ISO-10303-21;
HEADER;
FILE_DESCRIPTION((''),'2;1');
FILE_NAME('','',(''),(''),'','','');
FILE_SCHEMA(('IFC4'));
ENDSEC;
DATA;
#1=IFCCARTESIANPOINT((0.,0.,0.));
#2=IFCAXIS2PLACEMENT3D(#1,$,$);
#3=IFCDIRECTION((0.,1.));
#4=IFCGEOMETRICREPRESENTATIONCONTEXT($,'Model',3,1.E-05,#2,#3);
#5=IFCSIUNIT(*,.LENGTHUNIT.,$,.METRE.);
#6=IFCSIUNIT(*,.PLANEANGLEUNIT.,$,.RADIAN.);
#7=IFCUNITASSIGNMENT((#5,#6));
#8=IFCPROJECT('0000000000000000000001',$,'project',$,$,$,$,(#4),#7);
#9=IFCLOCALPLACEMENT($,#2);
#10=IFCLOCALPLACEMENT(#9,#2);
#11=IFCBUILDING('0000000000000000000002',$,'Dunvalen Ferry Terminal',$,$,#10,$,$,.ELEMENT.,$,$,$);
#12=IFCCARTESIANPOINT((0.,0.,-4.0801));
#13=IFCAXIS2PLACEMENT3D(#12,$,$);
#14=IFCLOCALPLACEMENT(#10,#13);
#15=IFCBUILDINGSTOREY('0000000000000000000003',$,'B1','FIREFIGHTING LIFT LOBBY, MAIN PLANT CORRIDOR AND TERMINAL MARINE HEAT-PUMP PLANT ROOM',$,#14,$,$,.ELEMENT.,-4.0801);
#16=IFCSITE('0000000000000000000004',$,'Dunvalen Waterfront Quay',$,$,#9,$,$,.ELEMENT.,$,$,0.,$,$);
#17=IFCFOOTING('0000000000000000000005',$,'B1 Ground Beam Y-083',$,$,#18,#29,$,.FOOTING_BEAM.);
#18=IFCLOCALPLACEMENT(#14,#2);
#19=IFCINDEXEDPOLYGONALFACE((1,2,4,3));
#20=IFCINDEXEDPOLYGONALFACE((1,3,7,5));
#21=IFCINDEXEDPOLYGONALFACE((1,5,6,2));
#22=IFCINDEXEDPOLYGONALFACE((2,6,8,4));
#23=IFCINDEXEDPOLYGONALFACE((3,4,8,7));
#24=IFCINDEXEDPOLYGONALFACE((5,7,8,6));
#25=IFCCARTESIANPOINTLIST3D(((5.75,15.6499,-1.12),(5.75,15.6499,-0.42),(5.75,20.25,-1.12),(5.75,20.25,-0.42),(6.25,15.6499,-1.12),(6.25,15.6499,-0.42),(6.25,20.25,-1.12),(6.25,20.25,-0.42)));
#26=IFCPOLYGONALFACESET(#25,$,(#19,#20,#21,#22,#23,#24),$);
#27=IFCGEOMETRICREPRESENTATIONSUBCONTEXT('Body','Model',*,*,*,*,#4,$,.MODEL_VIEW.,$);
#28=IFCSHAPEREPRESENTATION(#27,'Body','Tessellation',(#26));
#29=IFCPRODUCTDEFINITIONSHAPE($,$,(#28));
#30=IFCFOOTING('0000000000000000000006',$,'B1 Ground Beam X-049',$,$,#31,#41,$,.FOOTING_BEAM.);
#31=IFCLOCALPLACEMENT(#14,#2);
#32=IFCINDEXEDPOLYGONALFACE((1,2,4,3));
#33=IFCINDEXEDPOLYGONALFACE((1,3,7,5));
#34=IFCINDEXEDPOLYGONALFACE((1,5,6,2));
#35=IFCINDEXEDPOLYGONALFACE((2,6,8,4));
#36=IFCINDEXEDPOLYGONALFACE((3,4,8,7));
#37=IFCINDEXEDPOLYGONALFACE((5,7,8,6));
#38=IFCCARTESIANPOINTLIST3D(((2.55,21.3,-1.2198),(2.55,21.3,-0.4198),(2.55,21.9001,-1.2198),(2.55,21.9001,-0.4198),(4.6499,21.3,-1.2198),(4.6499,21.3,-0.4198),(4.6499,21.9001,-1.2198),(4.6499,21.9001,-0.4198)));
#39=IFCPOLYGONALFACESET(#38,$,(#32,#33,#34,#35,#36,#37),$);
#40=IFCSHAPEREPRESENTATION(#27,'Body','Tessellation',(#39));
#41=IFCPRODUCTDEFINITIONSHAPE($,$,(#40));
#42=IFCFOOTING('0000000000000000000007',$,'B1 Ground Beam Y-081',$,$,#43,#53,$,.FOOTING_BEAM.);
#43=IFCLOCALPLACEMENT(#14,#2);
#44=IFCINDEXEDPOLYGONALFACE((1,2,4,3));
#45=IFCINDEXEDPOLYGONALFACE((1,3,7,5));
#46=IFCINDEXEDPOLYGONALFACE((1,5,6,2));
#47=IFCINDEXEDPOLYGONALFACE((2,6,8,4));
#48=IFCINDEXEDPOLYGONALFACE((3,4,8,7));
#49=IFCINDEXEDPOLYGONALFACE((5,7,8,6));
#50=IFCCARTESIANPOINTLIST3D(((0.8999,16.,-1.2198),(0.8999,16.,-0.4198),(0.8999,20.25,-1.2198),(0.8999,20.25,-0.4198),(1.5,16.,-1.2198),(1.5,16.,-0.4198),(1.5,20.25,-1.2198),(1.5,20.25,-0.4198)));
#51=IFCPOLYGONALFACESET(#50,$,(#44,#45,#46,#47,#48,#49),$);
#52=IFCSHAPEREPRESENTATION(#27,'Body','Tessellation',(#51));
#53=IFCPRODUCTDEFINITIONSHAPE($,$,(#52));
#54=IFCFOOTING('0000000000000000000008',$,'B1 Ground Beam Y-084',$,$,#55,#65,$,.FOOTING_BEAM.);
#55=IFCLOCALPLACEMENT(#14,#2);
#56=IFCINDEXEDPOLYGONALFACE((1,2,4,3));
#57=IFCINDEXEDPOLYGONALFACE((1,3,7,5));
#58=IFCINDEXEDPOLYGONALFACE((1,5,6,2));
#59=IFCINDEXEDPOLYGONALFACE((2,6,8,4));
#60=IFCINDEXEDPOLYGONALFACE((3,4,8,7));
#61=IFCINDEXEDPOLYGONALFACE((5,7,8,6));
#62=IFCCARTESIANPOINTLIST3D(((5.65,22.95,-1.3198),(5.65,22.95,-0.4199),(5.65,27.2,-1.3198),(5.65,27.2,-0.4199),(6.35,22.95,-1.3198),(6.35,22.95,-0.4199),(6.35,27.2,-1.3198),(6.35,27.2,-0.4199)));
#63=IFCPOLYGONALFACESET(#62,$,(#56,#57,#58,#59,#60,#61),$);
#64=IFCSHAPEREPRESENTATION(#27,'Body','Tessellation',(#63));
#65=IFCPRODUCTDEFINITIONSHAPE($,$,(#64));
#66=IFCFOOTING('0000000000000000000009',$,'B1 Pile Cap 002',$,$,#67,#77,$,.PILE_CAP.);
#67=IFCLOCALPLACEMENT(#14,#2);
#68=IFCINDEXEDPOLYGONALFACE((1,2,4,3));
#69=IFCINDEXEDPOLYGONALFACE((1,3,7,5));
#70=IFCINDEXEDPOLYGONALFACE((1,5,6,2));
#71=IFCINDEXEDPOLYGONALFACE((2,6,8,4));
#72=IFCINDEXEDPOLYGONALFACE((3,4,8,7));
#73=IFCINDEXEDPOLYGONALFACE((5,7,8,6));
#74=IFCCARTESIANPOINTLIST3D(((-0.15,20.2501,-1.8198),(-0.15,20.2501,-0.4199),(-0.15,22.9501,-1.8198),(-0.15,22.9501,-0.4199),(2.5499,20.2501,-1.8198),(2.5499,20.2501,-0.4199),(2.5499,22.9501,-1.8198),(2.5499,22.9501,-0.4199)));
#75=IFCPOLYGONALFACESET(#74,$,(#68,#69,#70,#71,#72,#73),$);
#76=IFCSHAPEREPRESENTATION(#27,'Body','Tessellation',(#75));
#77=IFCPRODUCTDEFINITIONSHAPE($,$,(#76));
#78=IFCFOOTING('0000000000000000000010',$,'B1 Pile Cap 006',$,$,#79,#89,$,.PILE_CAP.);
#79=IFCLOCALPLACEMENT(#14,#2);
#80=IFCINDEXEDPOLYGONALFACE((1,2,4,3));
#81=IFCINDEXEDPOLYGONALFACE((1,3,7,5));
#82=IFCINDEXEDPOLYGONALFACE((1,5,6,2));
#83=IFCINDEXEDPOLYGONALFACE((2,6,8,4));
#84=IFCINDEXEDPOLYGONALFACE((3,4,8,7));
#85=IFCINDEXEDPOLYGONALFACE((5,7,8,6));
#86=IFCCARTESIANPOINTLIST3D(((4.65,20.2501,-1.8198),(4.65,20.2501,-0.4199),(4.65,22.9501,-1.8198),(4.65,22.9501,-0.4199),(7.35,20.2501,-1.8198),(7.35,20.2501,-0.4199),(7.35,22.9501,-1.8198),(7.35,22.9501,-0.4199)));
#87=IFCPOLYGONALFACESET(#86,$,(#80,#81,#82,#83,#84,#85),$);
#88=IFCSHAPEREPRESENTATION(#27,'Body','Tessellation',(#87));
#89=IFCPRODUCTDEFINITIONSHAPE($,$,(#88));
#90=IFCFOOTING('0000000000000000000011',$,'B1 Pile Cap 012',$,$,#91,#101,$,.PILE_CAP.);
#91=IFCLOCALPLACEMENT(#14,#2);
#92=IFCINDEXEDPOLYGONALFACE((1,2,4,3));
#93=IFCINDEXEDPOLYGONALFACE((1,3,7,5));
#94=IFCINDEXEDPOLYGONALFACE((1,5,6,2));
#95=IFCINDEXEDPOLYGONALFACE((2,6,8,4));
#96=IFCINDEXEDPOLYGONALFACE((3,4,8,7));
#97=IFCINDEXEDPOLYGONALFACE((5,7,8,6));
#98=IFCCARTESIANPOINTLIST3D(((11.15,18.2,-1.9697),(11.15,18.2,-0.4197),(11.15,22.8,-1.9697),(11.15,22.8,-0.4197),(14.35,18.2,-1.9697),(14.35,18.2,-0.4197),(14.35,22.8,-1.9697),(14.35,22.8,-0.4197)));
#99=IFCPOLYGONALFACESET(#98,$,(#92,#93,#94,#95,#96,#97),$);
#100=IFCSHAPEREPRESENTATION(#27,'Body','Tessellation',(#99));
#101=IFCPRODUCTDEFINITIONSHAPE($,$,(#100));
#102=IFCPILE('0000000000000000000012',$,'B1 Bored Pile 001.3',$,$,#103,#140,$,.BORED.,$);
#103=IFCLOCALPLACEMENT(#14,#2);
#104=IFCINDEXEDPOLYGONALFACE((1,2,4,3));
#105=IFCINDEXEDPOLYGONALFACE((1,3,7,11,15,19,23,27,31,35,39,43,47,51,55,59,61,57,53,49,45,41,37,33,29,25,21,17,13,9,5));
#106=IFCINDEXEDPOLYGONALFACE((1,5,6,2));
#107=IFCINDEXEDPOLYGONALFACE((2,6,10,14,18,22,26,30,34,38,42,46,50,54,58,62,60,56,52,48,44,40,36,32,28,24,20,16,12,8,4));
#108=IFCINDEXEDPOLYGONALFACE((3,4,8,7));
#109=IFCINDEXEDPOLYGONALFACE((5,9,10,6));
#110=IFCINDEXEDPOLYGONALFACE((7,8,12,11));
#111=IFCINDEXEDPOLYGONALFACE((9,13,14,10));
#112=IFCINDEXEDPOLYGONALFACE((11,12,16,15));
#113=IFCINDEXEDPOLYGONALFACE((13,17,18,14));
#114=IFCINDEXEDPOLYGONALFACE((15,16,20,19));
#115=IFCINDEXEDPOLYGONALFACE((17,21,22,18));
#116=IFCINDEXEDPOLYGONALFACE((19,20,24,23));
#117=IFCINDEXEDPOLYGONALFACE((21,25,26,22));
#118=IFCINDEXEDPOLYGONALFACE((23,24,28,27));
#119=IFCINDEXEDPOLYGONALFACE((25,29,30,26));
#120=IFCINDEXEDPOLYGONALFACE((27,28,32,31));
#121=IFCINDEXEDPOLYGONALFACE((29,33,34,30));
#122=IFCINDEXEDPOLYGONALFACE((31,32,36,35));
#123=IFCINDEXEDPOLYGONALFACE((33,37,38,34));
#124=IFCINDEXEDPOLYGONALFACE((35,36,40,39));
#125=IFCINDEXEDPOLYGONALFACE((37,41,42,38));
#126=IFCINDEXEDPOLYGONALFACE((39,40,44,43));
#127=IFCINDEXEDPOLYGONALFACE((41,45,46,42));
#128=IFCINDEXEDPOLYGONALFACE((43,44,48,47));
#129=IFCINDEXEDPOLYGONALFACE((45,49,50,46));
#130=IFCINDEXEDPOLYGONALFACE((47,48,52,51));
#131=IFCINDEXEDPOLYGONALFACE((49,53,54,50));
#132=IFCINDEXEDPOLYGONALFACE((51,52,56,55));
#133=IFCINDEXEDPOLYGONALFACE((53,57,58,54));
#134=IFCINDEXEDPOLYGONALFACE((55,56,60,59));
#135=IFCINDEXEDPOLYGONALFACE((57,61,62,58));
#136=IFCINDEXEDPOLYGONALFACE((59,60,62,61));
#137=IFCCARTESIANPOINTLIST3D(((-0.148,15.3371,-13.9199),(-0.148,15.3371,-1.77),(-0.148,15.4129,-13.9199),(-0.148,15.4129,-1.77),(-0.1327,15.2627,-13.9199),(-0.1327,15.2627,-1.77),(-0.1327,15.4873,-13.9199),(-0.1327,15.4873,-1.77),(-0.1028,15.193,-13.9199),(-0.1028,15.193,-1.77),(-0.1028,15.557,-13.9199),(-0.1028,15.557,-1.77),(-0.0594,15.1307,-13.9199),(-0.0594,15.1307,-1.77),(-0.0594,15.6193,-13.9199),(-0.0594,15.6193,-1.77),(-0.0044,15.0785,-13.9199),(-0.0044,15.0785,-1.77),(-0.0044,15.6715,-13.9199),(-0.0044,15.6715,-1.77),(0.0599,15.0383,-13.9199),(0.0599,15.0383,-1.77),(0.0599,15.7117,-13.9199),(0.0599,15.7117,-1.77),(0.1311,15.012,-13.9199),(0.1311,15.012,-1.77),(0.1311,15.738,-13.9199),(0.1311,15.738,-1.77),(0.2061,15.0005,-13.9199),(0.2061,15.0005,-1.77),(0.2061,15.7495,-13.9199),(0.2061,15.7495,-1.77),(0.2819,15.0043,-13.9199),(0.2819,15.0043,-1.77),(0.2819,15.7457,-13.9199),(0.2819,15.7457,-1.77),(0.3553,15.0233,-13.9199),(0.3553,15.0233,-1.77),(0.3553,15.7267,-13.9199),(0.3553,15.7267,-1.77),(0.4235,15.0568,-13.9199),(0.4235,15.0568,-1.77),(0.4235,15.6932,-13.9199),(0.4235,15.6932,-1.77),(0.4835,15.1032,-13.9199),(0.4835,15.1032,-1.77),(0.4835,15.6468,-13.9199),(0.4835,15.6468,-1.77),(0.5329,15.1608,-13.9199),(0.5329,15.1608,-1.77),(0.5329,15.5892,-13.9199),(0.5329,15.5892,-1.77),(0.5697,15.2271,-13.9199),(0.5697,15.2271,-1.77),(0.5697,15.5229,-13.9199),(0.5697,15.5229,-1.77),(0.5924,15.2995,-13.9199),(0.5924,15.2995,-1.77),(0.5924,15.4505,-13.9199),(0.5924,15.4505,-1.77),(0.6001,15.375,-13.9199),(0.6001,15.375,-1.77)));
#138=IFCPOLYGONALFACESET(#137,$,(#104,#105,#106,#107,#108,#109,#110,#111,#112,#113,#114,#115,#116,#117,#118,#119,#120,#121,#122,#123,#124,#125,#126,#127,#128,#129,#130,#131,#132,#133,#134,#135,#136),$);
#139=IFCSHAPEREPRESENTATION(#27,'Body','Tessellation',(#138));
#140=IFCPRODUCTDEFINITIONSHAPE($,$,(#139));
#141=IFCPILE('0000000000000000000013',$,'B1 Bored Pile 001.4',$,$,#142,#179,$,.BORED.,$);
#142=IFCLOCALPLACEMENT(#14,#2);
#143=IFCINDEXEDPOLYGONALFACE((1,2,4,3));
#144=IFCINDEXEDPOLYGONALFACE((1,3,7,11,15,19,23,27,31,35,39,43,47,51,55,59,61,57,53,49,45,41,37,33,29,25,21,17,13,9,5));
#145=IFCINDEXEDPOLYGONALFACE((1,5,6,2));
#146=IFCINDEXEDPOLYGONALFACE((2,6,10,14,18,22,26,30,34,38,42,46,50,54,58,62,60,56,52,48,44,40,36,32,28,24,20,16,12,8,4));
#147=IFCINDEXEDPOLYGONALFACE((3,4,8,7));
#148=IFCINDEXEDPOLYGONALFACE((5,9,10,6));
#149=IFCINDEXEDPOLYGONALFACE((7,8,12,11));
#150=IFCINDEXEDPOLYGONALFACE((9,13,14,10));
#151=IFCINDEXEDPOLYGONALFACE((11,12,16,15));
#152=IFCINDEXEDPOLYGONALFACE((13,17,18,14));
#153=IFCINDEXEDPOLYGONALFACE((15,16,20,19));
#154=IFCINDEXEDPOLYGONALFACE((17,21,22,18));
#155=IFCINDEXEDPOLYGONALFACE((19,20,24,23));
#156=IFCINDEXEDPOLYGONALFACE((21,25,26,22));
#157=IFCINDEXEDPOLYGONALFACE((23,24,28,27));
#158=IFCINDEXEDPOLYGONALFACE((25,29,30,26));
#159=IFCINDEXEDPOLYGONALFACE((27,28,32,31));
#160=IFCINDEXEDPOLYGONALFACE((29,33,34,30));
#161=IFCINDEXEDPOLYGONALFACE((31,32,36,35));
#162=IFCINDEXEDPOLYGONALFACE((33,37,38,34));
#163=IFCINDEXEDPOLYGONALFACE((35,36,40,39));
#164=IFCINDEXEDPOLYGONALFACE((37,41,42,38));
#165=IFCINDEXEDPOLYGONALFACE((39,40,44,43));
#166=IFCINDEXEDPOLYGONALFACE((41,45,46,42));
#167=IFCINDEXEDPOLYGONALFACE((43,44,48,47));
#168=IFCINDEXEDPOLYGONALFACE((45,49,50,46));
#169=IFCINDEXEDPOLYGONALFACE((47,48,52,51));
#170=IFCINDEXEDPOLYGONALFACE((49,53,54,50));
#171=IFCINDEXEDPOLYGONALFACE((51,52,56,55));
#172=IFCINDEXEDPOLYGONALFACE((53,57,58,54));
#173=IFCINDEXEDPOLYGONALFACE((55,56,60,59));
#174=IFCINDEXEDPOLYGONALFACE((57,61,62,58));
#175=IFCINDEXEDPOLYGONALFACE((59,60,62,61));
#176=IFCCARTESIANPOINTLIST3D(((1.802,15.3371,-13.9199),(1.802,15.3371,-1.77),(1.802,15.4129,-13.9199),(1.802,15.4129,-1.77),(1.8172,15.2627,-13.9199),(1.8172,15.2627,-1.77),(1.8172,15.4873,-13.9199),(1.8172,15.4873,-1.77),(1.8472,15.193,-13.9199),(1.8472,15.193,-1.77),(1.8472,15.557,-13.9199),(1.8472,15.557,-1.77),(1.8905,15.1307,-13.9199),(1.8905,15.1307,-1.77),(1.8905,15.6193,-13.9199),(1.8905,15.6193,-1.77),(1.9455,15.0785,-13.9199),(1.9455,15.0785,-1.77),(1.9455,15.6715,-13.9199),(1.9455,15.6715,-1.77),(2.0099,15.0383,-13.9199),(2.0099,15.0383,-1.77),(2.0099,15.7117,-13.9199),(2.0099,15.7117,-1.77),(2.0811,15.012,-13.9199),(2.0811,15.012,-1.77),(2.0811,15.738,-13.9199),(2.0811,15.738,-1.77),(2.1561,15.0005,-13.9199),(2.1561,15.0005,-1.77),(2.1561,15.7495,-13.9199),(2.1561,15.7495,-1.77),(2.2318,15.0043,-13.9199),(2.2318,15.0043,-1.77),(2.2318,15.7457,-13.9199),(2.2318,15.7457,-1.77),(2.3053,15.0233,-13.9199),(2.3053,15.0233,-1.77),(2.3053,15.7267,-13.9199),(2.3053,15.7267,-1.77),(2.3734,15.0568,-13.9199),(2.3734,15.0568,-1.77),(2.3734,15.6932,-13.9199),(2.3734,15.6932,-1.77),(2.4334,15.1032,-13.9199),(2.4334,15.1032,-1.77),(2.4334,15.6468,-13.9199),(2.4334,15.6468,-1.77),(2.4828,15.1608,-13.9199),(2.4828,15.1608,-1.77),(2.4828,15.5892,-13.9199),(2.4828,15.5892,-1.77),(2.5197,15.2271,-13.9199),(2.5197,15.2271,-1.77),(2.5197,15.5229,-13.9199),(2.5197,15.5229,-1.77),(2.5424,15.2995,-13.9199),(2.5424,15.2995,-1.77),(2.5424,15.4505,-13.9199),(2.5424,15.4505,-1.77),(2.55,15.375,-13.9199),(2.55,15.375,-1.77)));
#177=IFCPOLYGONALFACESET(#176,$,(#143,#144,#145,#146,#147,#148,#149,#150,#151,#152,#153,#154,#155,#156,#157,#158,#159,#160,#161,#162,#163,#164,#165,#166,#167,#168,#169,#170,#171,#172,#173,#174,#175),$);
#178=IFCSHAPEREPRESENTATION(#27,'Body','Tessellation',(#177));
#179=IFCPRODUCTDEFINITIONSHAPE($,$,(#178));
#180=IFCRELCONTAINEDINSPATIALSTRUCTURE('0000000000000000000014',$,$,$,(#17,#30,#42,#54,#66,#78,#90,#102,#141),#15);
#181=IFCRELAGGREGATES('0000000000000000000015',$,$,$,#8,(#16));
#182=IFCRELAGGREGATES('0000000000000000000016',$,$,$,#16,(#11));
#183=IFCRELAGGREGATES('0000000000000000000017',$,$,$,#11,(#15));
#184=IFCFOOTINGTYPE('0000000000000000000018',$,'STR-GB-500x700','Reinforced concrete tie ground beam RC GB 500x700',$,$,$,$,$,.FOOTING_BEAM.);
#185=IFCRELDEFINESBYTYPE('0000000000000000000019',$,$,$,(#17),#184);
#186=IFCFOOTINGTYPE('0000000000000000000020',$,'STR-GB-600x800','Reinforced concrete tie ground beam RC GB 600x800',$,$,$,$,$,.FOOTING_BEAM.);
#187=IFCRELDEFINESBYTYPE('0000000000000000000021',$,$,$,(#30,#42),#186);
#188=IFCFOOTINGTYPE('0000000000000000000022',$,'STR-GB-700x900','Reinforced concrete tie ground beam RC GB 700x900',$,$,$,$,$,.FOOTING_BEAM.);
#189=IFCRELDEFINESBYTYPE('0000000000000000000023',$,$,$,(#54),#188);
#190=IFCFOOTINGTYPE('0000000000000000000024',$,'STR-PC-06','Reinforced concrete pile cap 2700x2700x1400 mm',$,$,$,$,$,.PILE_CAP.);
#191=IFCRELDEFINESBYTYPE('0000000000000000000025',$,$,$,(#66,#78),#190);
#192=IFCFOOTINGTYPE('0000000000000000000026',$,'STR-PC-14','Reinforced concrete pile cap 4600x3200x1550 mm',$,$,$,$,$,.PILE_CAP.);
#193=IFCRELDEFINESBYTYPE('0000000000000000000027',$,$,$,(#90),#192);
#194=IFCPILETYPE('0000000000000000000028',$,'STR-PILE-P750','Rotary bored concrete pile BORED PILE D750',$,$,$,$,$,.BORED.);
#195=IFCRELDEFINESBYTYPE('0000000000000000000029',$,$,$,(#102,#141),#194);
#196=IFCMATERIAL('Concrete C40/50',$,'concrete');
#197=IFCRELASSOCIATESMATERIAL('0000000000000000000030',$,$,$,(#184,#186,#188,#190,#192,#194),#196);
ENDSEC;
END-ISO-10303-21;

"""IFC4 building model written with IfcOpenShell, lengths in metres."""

from ifc_helpers import new_model, si_unit, direction, frame, origin, origin_2d, place, context, subcontext, project, spatial, rectangle, circle, extrude, material, material_profile, profile_set, type_object, element, save


model = new_model("IFC4")

# Units and contexts
model_context = context("Model", 3, precision=1e-05, world=origin(), true_north=direction((0.0, 1.0)))
body_context = subcontext(model_context, "Body", "Model", "MODEL_VIEW")
ifc_project = project(units=[si_unit("LENGTHUNIT", "METRE"), si_unit("PLANEANGLEUNIT", "RADIAN")], contexts=[model_context])

# Site, building, storey
site_placement = place(None, origin())
site = spatial("IfcSite", under=ifc_project, at=site_placement, Name="Dunvalen Waterfront Quay", CompositionType="ELEMENT", RefElevation=0.0)
building_placement = place(site_placement, origin())
building = spatial("IfcBuilding", under=site, at=building_placement, Name="Dunvalen Ferry Terminal", CompositionType="ELEMENT")
storey_placement = place(building_placement, frame((0.0, 0.0, -4.0801)))
storey = spatial("IfcBuildingStorey", under=building, at=storey_placement, Name="B1", Description="FIREFIGHTING LIFT LOBBY, MAIN PLANT CORRIDOR AND TERMINAL MARINE HEAT-PUMP PLANT ROOM", CompositionType="ELEMENT", Elevation=-4.0801)

# Footings
ifc_material_1 = material(Name="Concrete C40/50", Category="concrete")
ifc_material_profile_1 = material_profile(ifc_material_1, rectangle(XDim=0.5, YDim=0.7, at=origin_2d()), Name="Concrete C40/50")
ifc_profile_set_1 = profile_set([ifc_material_profile_1], Name="Concrete C40/50")
footing_type_1 = type_object("IfcFootingType", Name="STR-GB-500x700", Description="Reinforced concrete tie ground beam RC GB 500x700", PredefinedType="FOOTING_BEAM", material=ifc_profile_set_1)
footing_1_placement = place(storey_placement, frame((6.0, 15.6499, -0.77), z_axis=(0.0, 1.0, 0.0), x_axis=(-1.0, 0.0, 0.0)))
element("IfcFooting", 1, at=footing_1_placement, inside=storey, type_object=footing_type_1, Name="B1 Ground Beam Y-083", PredefinedType="FOOTING_BEAM", context=body_context, shape_type="SweptSolid", body=[
    extrude(rectangle(XDim=0.5, YDim=0.7, at=origin_2d()), origin(), (0.0, 0.0, 1.0), 4.6001),
])
ifc_material_profile_2 = material_profile(ifc_material_1, rectangle(XDim=0.6001, YDim=0.8, at=origin_2d()), Name="Concrete C40/50")
ifc_profile_set_2 = profile_set([ifc_material_profile_2], Name="Concrete C40/50")
footing_type_2 = type_object("IfcFootingType", Name="STR-GB-600x800", Description="Reinforced concrete tie ground beam RC GB 600x800", PredefinedType="FOOTING_BEAM", material=ifc_profile_set_2)
footing_2_placement = place(storey_placement, frame((2.55, 21.6001, -0.8198), z_axis=(1.0, 0.0, 0.0), x_axis=(0.0, 1.0, 0.0)))
element("IfcFooting", 2, at=footing_2_placement, inside=storey, type_object=footing_type_2, Name="B1 Ground Beam X-049", PredefinedType="FOOTING_BEAM", context=body_context, shape_type="SweptSolid", body=[
    extrude(rectangle(XDim=0.6001, YDim=0.8, at=origin_2d()), origin(), (0.0, 0.0, 1.0), 2.0999),
])
footing_3_placement = place(storey_placement, frame((1.2, 16.0, -0.8198), z_axis=(0.0, 1.0, 0.0), x_axis=(-1.0, 0.0, 0.0)))
element("IfcFooting", 3, at=footing_3_placement, inside=storey, type_object=footing_type_2, Name="B1 Ground Beam Y-081", PredefinedType="FOOTING_BEAM", context=body_context, shape_type="SweptSolid", body=[
    extrude(rectangle(XDim=0.6001, YDim=0.8, at=origin_2d()), origin(), (0.0, 0.0, 1.0), 4.25),
])
ifc_material_profile_3 = material_profile(ifc_material_1, rectangle(XDim=0.7, YDim=0.8999, at=origin_2d()), Name="Concrete C40/50")
ifc_profile_set_3 = profile_set([ifc_material_profile_3], Name="Concrete C40/50")
footing_type_3 = type_object("IfcFootingType", Name="STR-GB-700x900", Description="Reinforced concrete tie ground beam RC GB 700x900", PredefinedType="FOOTING_BEAM", material=ifc_profile_set_3)
footing_4_placement = place(storey_placement, frame((6.0, 22.95, -0.8699), z_axis=(0.0, 1.0, 0.0), x_axis=(-1.0, 0.0, 0.0)))
element("IfcFooting", 4, at=footing_4_placement, inside=storey, type_object=footing_type_3, Name="B1 Ground Beam Y-084", PredefinedType="FOOTING_BEAM", context=body_context, shape_type="SweptSolid", body=[
    extrude(rectangle(XDim=0.7, YDim=0.8999, at=origin_2d()), origin(), (0.0, 0.0, 1.0), 4.25),
])
footing_type_4 = type_object("IfcFootingType", Name="STR-PC-06", Description="Reinforced concrete pile cap 2700x2700x1400 mm", PredefinedType="PILE_CAP", material=ifc_material_1)
for number, where, z_axis, x_axis, name in (
    (5, (1.2, 21.6001, -1.8198), (0.0, 0.0, 1.0), (1.0, 0.0, 0.0), "B1 Pile Cap 002"),
    (6, (6.0, 21.6001, -1.8198), (0.0, 0.0, 1.0), (1.0, 0.0, 0.0), "B1 Pile Cap 006"),
):
    element("IfcFooting", number, at=place(storey_placement, frame(where, z_axis=z_axis, x_axis=x_axis)), inside=storey, type_object=footing_type_4, Name=name, PredefinedType="PILE_CAP", context=body_context, shape_type="SweptSolid", body=[
        extrude(rectangle(XDim=2.7, YDim=2.7, at=origin_2d()), origin(), (0.0, 0.0, 1.0), 1.3999),
    ])
footing_type_5 = type_object("IfcFootingType", Name="STR-PC-14", Description="Reinforced concrete pile cap 4600x3200x1550 mm", PredefinedType="PILE_CAP", material=ifc_material_1)
footing_5_placement = place(storey_placement, frame((12.75, 20.5, -1.9697), z_axis=(0.0, 0.0, 1.0), x_axis=(0.0, 1.0, 0.0)))
element("IfcFooting", 7, at=footing_5_placement, inside=storey, type_object=footing_type_5, Name="B1 Pile Cap 012", PredefinedType="PILE_CAP", context=body_context, shape_type="SweptSolid", body=[
    extrude(rectangle(XDim=4.6001, YDim=3.2, at=origin_2d()), origin(), (0.0, 0.0, 1.0), 1.55),
])

# Piles
ifc_material_profile_4 = material_profile(ifc_material_1, circle(Radius=0.375, at=origin_2d()), Name="Concrete C40/50")
ifc_profile_set_4 = profile_set([ifc_material_profile_4], Name="Concrete C40/50")
pile_type_1 = type_object("IfcPileType", Name="STR-PILE-P750", Description="Rotary bored concrete pile BORED PILE D750", PredefinedType="BORED", material=ifc_profile_set_4)
for number, where, z_axis, x_axis, name in (
    (8, (0.2251, 15.375, -1.77), (0.0, 0.0, -1.0), (1.0, 0.0, 0.0), "B1 Bored Pile 001.3"),
    (9, (2.175, 15.375, -1.77), (0.0, 0.0, -1.0), (1.0, 0.0, 0.0), "B1 Bored Pile 001.4"),
):
    element("IfcPile", number, at=place(storey_placement, frame(where, z_axis=z_axis, x_axis=x_axis)), inside=storey, type_object=pile_type_1, Name=name, PredefinedType="BORED", context=body_context, shape_type="SweptSolid", body=[
        extrude(circle(Radius=0.375, at=origin_2d()), origin(), (0.0, 0.0, 1.0), 12.1499),
    ])

save(model, "model.ifc")
